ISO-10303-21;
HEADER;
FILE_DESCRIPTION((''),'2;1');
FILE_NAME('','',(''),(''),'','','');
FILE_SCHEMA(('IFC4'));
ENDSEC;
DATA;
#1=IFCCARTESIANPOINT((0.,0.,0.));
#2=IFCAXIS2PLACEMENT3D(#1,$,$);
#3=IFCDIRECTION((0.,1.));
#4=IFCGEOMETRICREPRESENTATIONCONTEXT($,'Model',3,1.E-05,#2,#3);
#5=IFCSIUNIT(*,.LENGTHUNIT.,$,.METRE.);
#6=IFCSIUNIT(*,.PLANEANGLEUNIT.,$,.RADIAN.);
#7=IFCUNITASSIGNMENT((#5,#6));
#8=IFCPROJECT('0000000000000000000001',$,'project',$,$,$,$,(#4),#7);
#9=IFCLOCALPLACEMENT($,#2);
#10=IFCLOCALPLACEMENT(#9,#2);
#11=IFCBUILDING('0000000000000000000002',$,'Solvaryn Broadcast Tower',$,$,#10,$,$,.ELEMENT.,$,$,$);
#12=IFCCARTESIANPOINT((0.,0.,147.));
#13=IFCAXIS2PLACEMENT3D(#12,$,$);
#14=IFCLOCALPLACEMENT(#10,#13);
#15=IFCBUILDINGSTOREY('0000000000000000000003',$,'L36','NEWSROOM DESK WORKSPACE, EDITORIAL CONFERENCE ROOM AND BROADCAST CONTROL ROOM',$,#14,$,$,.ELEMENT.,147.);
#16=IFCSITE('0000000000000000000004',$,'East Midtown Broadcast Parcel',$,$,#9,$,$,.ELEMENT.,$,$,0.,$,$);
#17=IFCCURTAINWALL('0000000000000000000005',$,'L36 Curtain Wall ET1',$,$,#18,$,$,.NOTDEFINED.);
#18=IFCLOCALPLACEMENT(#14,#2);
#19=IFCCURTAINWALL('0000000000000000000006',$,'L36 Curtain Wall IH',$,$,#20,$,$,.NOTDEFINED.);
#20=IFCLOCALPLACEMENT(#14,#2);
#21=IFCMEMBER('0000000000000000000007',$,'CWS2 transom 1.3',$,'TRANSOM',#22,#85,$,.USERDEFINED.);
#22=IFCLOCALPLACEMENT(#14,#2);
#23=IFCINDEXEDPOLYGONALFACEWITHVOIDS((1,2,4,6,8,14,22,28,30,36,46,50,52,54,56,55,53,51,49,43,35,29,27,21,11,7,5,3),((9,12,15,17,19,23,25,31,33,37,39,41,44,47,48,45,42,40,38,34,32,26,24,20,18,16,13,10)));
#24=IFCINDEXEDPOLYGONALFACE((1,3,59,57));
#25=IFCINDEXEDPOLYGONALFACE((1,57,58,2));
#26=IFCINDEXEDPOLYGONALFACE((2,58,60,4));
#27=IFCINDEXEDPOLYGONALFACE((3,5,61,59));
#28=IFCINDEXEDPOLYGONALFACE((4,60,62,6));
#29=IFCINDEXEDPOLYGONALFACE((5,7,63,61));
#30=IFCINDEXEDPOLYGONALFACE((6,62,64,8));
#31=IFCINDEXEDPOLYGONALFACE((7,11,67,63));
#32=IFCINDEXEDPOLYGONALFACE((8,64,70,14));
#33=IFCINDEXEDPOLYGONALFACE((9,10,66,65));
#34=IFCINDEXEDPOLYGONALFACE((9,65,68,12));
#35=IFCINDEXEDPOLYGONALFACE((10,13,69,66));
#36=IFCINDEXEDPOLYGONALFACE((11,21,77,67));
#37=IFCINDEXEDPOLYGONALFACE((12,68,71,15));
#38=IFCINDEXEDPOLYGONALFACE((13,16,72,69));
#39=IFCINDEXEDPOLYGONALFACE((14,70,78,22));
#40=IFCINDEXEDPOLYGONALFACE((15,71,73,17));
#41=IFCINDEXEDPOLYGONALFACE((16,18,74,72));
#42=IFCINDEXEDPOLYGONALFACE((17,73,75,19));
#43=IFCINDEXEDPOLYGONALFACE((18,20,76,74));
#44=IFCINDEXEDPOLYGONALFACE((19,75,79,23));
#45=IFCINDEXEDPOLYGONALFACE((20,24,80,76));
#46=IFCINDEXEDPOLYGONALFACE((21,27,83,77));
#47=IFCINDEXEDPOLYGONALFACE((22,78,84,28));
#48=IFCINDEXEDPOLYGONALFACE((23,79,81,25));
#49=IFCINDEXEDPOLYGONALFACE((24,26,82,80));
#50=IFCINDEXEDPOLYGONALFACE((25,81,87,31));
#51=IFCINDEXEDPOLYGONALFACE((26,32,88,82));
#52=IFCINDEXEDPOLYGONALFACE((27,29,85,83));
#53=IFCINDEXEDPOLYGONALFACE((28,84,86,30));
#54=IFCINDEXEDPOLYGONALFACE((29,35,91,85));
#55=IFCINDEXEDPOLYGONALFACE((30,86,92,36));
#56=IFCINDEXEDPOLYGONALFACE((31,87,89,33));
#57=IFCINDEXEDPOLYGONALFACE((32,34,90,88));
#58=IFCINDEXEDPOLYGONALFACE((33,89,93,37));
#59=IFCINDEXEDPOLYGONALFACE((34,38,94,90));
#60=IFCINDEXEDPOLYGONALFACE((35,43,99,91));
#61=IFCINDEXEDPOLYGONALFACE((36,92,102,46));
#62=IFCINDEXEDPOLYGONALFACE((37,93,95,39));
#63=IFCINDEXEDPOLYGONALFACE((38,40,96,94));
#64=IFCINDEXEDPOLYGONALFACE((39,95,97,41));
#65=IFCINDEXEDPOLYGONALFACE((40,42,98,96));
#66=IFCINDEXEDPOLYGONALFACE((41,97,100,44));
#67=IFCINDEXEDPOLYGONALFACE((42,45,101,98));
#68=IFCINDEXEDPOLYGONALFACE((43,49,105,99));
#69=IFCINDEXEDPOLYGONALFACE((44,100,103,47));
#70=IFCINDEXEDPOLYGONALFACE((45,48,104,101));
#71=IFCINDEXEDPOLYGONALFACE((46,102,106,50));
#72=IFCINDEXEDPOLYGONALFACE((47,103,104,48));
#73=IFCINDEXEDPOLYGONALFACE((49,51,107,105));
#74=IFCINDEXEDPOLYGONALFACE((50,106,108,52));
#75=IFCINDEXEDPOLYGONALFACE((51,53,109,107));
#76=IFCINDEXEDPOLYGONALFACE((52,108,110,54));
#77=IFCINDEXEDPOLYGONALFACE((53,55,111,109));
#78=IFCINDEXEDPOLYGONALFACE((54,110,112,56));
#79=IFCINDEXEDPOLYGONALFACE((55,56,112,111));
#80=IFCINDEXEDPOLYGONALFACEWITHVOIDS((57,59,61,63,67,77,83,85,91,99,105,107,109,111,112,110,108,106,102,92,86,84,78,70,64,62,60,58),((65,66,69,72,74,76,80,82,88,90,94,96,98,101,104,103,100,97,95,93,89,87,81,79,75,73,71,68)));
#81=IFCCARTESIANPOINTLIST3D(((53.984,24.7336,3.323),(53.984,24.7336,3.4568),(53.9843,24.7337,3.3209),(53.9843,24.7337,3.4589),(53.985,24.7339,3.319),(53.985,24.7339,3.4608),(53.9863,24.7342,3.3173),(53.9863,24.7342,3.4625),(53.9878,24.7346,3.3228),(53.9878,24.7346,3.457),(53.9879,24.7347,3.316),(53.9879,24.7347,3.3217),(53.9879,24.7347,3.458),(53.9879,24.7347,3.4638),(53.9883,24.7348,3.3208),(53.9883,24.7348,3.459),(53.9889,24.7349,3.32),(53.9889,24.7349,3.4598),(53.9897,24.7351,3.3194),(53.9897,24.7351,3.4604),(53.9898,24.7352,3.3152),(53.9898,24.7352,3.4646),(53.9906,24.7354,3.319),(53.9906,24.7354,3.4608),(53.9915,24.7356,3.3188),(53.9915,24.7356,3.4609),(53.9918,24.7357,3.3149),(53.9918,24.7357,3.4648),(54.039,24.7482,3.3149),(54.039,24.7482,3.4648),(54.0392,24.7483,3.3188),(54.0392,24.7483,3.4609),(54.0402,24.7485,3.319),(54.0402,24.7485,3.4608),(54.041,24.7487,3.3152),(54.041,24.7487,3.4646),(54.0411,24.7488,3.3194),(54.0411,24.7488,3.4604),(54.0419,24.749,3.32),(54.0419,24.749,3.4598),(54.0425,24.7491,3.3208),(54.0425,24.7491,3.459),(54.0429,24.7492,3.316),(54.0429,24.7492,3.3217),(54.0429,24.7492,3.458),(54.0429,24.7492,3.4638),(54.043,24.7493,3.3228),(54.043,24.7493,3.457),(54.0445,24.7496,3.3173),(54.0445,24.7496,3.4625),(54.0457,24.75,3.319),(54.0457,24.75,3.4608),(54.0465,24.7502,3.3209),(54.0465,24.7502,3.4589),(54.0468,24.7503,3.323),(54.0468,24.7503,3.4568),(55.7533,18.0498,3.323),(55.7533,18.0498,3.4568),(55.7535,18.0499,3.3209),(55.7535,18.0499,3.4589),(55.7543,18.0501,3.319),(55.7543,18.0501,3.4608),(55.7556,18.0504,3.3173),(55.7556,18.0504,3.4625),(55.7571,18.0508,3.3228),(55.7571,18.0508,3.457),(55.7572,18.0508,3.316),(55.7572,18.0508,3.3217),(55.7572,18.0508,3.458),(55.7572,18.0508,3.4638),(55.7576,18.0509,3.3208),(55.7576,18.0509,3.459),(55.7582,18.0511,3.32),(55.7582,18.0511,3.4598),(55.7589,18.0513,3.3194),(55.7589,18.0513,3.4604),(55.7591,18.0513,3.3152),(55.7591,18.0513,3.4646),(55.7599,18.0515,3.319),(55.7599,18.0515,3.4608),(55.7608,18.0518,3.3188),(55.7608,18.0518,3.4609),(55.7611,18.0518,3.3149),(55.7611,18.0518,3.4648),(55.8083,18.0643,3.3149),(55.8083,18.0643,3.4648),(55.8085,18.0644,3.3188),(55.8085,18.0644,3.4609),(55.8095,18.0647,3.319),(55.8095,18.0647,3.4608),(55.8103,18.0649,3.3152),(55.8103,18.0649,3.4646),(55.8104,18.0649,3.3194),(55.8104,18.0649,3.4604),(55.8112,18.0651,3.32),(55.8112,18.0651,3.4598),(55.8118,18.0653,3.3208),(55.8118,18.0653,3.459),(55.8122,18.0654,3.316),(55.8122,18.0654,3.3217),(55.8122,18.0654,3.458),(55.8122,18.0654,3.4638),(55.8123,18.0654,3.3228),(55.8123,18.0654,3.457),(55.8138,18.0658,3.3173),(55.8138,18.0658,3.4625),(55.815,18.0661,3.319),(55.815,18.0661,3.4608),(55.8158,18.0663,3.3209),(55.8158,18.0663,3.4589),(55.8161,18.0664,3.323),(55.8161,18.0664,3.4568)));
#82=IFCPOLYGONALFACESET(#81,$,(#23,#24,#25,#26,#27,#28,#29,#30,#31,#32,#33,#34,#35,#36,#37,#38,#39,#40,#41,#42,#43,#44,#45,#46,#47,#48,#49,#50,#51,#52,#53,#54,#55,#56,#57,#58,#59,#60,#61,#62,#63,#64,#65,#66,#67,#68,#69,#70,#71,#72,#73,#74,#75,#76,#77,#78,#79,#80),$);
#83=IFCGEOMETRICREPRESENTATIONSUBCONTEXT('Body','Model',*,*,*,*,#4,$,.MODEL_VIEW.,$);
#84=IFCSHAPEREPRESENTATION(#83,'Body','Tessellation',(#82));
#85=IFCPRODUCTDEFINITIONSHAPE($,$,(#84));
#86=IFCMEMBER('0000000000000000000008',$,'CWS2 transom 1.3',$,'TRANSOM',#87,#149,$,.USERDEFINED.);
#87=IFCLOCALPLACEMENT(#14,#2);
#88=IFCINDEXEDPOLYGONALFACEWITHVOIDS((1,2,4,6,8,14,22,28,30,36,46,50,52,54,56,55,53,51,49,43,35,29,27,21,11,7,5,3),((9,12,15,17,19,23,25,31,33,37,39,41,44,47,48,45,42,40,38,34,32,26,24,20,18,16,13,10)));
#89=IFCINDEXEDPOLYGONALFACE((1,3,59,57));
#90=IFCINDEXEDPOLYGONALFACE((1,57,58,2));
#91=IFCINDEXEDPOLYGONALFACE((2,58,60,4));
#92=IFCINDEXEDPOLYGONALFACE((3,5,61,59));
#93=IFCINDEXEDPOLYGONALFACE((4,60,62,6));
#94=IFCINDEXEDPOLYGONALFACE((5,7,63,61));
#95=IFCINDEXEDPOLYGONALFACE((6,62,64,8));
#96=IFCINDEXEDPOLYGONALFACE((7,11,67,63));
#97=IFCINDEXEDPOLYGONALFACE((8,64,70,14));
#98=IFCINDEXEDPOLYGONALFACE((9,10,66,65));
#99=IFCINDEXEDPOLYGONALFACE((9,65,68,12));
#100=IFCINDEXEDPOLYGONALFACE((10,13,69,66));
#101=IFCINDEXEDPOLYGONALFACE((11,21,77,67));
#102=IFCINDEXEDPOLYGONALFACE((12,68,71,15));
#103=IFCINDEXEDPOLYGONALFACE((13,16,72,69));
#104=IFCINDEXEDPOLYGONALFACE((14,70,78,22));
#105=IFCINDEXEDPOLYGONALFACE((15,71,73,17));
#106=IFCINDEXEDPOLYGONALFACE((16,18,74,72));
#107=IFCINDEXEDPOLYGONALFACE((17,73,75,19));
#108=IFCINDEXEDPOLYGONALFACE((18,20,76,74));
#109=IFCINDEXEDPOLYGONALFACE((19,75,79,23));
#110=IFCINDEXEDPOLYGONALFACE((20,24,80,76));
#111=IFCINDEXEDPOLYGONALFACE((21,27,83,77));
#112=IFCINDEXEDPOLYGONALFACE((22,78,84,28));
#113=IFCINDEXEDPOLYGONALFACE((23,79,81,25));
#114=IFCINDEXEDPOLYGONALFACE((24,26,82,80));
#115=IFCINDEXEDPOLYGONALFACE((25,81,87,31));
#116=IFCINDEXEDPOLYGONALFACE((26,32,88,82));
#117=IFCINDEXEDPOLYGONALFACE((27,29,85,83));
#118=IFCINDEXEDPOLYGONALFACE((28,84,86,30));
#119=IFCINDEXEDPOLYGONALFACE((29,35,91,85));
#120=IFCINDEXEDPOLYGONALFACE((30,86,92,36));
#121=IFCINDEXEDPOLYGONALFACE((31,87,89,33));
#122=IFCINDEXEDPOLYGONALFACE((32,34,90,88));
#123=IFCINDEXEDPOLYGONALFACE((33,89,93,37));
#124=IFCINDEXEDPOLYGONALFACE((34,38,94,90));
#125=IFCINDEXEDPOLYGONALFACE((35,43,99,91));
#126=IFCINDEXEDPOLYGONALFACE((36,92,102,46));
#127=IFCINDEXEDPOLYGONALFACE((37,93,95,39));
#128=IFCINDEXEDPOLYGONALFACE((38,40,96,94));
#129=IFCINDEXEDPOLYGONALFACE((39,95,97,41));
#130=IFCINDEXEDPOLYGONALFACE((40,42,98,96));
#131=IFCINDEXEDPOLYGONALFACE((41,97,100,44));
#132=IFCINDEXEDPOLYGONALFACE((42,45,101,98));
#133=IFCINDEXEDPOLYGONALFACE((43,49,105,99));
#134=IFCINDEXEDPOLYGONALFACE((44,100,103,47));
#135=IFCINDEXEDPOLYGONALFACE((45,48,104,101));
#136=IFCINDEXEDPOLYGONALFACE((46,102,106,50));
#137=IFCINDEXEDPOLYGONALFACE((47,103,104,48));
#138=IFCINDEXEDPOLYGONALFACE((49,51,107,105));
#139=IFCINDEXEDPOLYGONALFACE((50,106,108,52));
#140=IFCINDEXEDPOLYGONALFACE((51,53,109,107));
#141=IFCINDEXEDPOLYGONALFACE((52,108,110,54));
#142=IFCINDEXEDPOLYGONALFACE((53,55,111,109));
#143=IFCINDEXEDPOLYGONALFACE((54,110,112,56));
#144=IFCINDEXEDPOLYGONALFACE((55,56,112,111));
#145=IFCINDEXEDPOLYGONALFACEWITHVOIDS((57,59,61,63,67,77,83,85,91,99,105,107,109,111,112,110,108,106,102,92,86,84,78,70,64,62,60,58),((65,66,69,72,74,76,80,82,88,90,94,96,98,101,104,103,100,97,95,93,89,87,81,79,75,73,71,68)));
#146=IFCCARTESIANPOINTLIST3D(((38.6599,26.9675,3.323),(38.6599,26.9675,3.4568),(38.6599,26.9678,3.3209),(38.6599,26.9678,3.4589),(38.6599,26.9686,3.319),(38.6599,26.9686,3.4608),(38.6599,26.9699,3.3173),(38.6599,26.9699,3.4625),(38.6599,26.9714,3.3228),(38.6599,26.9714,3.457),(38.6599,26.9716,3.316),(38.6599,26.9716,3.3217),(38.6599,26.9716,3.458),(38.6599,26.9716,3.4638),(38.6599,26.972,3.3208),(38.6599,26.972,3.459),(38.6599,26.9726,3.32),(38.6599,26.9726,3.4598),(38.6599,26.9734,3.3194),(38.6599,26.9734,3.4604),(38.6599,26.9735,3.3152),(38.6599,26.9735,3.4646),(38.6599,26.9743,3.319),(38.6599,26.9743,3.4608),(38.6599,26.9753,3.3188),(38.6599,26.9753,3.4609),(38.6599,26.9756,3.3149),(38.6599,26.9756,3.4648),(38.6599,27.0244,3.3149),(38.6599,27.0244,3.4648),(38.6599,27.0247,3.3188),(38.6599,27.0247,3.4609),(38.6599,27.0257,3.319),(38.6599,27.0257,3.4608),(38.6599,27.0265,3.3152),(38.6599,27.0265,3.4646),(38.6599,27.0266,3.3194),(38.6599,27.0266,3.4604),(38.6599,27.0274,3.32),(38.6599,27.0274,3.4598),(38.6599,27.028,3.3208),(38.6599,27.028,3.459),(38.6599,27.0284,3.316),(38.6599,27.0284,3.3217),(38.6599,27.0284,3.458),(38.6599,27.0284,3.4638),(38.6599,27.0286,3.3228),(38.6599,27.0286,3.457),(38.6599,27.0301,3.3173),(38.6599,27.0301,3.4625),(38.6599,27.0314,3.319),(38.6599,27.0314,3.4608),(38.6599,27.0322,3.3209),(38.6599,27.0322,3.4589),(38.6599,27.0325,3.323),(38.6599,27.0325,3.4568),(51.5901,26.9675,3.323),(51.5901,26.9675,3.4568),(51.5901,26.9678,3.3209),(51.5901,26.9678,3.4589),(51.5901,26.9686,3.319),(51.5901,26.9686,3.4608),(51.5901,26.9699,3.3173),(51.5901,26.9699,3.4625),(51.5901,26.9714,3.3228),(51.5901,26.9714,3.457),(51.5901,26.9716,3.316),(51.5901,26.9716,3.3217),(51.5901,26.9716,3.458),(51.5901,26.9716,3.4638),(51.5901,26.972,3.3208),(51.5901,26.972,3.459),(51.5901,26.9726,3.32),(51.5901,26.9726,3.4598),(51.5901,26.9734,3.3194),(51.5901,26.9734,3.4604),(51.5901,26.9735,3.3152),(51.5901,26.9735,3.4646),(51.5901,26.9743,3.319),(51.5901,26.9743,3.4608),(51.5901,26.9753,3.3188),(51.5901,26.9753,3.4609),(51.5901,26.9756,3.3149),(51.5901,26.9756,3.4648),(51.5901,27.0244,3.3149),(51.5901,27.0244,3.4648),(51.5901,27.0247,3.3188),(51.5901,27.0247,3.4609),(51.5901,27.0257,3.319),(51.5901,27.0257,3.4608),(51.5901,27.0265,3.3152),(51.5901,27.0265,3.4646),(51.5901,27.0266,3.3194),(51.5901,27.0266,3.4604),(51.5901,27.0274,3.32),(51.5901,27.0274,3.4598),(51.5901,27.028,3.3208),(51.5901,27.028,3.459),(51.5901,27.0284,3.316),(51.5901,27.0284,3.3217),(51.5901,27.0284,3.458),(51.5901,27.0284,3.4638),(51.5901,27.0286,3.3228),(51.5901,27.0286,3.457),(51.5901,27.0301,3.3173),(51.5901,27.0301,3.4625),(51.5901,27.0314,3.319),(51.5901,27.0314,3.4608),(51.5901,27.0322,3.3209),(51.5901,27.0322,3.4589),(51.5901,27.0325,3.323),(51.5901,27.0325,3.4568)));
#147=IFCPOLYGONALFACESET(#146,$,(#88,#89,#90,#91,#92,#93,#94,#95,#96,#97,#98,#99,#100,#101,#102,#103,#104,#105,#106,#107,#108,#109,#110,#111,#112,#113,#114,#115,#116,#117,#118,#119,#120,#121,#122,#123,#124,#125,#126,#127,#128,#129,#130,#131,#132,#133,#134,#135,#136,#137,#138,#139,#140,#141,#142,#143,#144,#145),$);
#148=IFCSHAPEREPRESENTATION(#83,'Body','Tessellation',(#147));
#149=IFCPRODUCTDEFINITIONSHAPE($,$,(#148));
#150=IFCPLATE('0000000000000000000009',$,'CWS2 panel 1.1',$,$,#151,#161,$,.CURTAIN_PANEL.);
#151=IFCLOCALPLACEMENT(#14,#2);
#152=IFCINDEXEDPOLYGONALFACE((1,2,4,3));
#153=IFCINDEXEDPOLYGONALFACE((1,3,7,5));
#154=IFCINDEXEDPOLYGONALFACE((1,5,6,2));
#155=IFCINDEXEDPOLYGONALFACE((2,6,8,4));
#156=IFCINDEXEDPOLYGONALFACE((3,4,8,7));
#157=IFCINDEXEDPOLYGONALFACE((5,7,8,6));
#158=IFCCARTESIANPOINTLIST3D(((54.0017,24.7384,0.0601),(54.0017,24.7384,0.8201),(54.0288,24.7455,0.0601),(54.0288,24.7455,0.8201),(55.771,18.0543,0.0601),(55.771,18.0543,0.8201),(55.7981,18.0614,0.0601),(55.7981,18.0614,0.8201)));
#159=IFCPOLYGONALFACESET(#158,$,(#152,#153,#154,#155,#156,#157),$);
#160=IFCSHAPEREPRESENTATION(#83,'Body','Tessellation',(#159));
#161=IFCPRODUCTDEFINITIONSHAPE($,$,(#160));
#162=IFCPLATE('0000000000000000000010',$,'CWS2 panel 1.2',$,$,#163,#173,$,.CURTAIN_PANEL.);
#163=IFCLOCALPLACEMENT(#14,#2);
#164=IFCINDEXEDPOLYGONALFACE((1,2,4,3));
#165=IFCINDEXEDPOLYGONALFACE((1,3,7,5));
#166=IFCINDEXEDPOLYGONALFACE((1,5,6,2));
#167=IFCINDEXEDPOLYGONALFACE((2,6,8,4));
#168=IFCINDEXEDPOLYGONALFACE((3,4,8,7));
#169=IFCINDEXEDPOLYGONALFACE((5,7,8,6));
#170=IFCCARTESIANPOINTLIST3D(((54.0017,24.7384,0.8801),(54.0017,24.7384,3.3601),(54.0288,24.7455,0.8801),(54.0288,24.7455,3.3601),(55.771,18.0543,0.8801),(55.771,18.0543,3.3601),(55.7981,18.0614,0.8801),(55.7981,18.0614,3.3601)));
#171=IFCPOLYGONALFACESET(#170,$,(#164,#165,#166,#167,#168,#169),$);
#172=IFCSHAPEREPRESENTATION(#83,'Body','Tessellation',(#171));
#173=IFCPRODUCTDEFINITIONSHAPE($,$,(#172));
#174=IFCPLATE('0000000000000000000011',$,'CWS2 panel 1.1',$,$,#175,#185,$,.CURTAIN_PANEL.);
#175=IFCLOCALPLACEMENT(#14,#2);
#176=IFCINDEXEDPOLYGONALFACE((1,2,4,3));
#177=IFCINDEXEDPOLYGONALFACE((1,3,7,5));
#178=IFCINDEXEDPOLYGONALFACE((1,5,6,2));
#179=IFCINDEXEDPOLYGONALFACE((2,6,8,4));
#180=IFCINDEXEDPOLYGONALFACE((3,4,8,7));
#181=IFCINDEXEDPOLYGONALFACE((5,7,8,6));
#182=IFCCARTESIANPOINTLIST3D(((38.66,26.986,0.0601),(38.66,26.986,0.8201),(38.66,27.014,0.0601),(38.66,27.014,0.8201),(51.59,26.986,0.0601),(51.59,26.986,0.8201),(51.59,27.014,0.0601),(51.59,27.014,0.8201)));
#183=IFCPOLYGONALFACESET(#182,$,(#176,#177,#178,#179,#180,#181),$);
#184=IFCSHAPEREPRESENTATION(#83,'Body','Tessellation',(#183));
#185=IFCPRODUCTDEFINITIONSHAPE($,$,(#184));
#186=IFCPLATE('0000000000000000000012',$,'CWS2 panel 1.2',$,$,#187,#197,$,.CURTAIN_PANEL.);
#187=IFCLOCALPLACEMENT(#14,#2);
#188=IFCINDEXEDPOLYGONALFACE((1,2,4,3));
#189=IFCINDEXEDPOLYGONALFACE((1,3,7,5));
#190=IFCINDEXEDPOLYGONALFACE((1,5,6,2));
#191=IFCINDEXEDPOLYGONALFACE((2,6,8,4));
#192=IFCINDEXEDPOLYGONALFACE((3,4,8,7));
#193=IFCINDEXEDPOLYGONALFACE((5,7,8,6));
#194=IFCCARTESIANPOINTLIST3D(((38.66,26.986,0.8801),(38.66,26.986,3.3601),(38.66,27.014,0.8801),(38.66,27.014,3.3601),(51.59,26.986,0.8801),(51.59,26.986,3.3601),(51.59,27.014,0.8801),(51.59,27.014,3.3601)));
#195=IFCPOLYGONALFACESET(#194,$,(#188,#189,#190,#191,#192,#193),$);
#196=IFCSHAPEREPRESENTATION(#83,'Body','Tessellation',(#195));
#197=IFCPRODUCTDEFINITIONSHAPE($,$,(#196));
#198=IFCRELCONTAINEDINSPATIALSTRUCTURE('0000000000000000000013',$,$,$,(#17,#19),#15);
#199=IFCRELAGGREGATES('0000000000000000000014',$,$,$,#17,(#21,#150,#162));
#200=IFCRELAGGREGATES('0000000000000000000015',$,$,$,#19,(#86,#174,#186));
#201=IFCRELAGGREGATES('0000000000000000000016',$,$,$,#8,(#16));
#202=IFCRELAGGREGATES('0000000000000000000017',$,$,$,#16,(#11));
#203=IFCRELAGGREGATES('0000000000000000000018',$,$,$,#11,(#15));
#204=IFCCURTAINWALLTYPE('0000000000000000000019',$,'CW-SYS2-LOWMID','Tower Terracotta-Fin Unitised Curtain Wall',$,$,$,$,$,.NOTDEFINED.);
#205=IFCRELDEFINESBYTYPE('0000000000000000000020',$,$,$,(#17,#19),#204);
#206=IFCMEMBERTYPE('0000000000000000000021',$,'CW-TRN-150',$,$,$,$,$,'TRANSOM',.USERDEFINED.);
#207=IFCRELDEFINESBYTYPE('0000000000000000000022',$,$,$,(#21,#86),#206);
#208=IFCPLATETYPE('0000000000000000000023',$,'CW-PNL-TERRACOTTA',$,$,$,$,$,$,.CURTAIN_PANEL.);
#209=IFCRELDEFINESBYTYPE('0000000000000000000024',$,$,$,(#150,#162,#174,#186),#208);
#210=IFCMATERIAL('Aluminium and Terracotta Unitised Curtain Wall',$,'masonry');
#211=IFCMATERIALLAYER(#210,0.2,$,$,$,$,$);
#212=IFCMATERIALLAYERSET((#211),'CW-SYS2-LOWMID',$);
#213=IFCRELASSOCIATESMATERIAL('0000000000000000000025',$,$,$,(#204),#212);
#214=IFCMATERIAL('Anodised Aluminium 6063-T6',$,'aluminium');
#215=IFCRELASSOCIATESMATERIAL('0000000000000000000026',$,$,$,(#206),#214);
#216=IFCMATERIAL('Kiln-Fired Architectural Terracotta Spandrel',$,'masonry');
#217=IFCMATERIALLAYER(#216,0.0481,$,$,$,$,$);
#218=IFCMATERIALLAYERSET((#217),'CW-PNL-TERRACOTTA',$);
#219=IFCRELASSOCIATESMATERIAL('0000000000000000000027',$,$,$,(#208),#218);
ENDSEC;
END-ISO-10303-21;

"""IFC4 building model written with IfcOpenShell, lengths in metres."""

from ifc_helpers import new_model, si_unit, direction, frame, origin, origin_2d, place, context, subcontext, project, spatial, rectangle, hollow_rectangle, extrude, material, layer, layer_set, material_profile, profile_set, type_object, element, aggregate, save


model = new_model("IFC4")

# Units and contexts
model_context = context("Model", 3, precision=1e-05, world=origin(), true_north=direction((0.0, 1.0)))
body_context = subcontext(model_context, "Body", "Model", "MODEL_VIEW")
ifc_project = project(units=[si_unit("LENGTHUNIT", "METRE"), si_unit("PLANEANGLEUNIT", "RADIAN")], contexts=[model_context])

# Site, building, storey
site_placement = place(None, origin())
site = spatial("IfcSite", under=ifc_project, at=site_placement, Name="East Midtown Broadcast Parcel", CompositionType="ELEMENT", RefElevation=0.0)
building_placement = place(site_placement, origin())
building = spatial("IfcBuilding", under=site, at=building_placement, Name="Solvaryn Broadcast Tower", CompositionType="ELEMENT")
storey_placement = place(building_placement, frame((0.0, 0.0, 147.0)))
storey = spatial("IfcBuildingStorey", under=building, at=storey_placement, Name="L36", Description="NEWSROOM DESK WORKSPACE, EDITORIAL CONFERENCE ROOM AND BROADCAST CONTROL ROOM", CompositionType="ELEMENT", Elevation=147.0)

# Curtain walls
ifc_material_1 = material(Name="Aluminium and Terracotta Unitised Curtain Wall", Category="masonry")
ifc_layer_1 = layer(ifc_material_1, 0.2)
ifc_layer_set_1 = layer_set([ifc_layer_1], Name="CW-SYS2-LOWMID")
curtain_wall_type = type_object("IfcCurtainWallType", Name="CW-SYS2-LOWMID", Description="Tower Terracotta-Fin Unitised Curtain Wall", PredefinedType="NOTDEFINED", material=ifc_layer_set_1)
curtain_wall_1_placement = place(storey_placement, origin())
curtain_wall_1 = element("IfcCurtainWall", 1, at=curtain_wall_1_placement, inside=storey, type_object=curtain_wall_type, Name="L36 Curtain Wall ET1", PredefinedType="NOTDEFINED")
curtain_wall_2_placement = place(storey_placement, origin())
curtain_wall_2 = element("IfcCurtainWall", 2, at=curtain_wall_2_placement, inside=storey, type_object=curtain_wall_type, Name="L36 Curtain Wall IH", PredefinedType="NOTDEFINED")

# Members
ifc_material_2 = material(Name="Anodised Aluminium 6063-T6", Category="aluminium")
ifc_material_profile_1 = material_profile(ifc_material_2, hollow_rectangle(XDim=0.0649, YDim=0.1499, WallThickness=0.0039, InnerFilletRadius=0.0039, OuterFilletRadius=0.0081, at=origin_2d()))
ifc_profile_set_1 = profile_set([ifc_material_profile_1], Name="Anodised Aluminium 6063-T6")
member_type_1 = type_object("IfcMemberType", Name="CW-TRN-150", ElementType="TRANSOM", PredefinedType="USERDEFINED", material=ifc_profile_set_1)
member_1_placement = place(storey_placement, frame((54.0154, 24.7419, 3.3899), z_axis=(0.255897, -0.966704, 0.0), x_axis=(0.966704, 0.255897, 0.0)))
member_1 = element("IfcMember", 3, at=member_1_placement, type_object=member_type_1, Name="CWS2 transom 1.3", ObjectType="TRANSOM", PredefinedType="USERDEFINED", context=body_context, shape_type="SweptSolid", body=[
    extrude(hollow_rectangle(XDim=0.0649, YDim=0.1499, WallThickness=0.0039, InnerFilletRadius=0.0039, OuterFilletRadius=0.0081, at=origin_2d()), origin(), (0.0, 0.0, 1.0), 6.9141),
])
member_2_placement = place(storey_placement, frame((38.6599, 27.0, 3.3899), z_axis=(1.0, 0.0, 0.0), x_axis=(0.0, 1.0, 0.0)))
member_2 = element("IfcMember", 4, at=member_2_placement, type_object=member_type_1, Name="CWS2 transom 1.3", ObjectType="TRANSOM", PredefinedType="USERDEFINED", context=body_context, shape_type="SweptSolid", body=[
    extrude(hollow_rectangle(XDim=0.0649, YDim=0.1499, WallThickness=0.0039, InnerFilletRadius=0.0039, OuterFilletRadius=0.0081, at=origin_2d()), origin(), (0.0, 0.0, 1.0), 12.9302),
])

# Plates
ifc_material_3 = material(Name="Kiln-Fired Architectural Terracotta Spandrel", Category="masonry")
ifc_layer_2 = layer(ifc_material_3, 0.0481)
ifc_layer_set_2 = layer_set([ifc_layer_2], Name="CW-PNL-TERRACOTTA")
plate_type = type_object("IfcPlateType", Name="CW-PNL-TERRACOTTA", PredefinedType="CURTAIN_PANEL", material=ifc_layer_set_2)
plate_1_placement = place(storey_placement, frame((54.8999, 21.3999, 0.0601), z_axis=(0.0, 0.0, 1.0), x_axis=(0.255893, -0.966705, 0.0)))
plate_1 = element("IfcPlate", 5, at=plate_1_placement, type_object=plate_type, Name="CWS2 panel 1.1", PredefinedType="CURTAIN_PANEL", context=body_context, shape_type="SweptSolid", body=[
    extrude(rectangle(XDim=6.9143, YDim=0.0281, at=origin_2d()), origin(), (0.0, 0.0, 1.0), 0.76),
])
plate_2_placement = place(storey_placement, frame((54.8999, 21.3999, 0.8801), z_axis=(0.0, 0.0, 1.0), x_axis=(0.255893, -0.966705, 0.0)))
plate_2 = element("IfcPlate", 6, at=plate_2_placement, type_object=plate_type, Name="CWS2 panel 1.2", PredefinedType="CURTAIN_PANEL", context=body_context, shape_type="SweptSolid", body=[
    extrude(rectangle(XDim=6.9143, YDim=0.0281, at=origin_2d()), origin(), (0.0, 0.0, 1.0), 2.48),
])
aggregate(curtain_wall_1, [member_1, plate_1, plate_2])
plate_3_placement = place(storey_placement, frame((45.125, 27.0, 0.0601), z_axis=(0.0, 0.0, 1.0), x_axis=(1.0, 0.0, 0.0)))
plate_3 = element("IfcPlate", 7, at=plate_3_placement, type_object=plate_type, Name="CWS2 panel 1.1", PredefinedType="CURTAIN_PANEL", context=body_context, shape_type="SweptSolid", body=[
    extrude(rectangle(XDim=12.9299, YDim=0.0281, at=origin_2d()), origin(), (0.0, 0.0, 1.0), 0.76),
])
plate_4_placement = place(storey_placement, frame((45.125, 27.0, 0.8801), z_axis=(0.0, 0.0, 1.0), x_axis=(1.0, 0.0, 0.0)))
plate_4 = element("IfcPlate", 8, at=plate_4_placement, type_object=plate_type, Name="CWS2 panel 1.2", PredefinedType="CURTAIN_PANEL", context=body_context, shape_type="SweptSolid", body=[
    extrude(rectangle(XDim=12.9299, YDim=0.0281, at=origin_2d()), origin(), (0.0, 0.0, 1.0), 2.48),
])
aggregate(curtain_wall_2, [member_2, plate_3, plate_4])

save(model, "model.ifc")
